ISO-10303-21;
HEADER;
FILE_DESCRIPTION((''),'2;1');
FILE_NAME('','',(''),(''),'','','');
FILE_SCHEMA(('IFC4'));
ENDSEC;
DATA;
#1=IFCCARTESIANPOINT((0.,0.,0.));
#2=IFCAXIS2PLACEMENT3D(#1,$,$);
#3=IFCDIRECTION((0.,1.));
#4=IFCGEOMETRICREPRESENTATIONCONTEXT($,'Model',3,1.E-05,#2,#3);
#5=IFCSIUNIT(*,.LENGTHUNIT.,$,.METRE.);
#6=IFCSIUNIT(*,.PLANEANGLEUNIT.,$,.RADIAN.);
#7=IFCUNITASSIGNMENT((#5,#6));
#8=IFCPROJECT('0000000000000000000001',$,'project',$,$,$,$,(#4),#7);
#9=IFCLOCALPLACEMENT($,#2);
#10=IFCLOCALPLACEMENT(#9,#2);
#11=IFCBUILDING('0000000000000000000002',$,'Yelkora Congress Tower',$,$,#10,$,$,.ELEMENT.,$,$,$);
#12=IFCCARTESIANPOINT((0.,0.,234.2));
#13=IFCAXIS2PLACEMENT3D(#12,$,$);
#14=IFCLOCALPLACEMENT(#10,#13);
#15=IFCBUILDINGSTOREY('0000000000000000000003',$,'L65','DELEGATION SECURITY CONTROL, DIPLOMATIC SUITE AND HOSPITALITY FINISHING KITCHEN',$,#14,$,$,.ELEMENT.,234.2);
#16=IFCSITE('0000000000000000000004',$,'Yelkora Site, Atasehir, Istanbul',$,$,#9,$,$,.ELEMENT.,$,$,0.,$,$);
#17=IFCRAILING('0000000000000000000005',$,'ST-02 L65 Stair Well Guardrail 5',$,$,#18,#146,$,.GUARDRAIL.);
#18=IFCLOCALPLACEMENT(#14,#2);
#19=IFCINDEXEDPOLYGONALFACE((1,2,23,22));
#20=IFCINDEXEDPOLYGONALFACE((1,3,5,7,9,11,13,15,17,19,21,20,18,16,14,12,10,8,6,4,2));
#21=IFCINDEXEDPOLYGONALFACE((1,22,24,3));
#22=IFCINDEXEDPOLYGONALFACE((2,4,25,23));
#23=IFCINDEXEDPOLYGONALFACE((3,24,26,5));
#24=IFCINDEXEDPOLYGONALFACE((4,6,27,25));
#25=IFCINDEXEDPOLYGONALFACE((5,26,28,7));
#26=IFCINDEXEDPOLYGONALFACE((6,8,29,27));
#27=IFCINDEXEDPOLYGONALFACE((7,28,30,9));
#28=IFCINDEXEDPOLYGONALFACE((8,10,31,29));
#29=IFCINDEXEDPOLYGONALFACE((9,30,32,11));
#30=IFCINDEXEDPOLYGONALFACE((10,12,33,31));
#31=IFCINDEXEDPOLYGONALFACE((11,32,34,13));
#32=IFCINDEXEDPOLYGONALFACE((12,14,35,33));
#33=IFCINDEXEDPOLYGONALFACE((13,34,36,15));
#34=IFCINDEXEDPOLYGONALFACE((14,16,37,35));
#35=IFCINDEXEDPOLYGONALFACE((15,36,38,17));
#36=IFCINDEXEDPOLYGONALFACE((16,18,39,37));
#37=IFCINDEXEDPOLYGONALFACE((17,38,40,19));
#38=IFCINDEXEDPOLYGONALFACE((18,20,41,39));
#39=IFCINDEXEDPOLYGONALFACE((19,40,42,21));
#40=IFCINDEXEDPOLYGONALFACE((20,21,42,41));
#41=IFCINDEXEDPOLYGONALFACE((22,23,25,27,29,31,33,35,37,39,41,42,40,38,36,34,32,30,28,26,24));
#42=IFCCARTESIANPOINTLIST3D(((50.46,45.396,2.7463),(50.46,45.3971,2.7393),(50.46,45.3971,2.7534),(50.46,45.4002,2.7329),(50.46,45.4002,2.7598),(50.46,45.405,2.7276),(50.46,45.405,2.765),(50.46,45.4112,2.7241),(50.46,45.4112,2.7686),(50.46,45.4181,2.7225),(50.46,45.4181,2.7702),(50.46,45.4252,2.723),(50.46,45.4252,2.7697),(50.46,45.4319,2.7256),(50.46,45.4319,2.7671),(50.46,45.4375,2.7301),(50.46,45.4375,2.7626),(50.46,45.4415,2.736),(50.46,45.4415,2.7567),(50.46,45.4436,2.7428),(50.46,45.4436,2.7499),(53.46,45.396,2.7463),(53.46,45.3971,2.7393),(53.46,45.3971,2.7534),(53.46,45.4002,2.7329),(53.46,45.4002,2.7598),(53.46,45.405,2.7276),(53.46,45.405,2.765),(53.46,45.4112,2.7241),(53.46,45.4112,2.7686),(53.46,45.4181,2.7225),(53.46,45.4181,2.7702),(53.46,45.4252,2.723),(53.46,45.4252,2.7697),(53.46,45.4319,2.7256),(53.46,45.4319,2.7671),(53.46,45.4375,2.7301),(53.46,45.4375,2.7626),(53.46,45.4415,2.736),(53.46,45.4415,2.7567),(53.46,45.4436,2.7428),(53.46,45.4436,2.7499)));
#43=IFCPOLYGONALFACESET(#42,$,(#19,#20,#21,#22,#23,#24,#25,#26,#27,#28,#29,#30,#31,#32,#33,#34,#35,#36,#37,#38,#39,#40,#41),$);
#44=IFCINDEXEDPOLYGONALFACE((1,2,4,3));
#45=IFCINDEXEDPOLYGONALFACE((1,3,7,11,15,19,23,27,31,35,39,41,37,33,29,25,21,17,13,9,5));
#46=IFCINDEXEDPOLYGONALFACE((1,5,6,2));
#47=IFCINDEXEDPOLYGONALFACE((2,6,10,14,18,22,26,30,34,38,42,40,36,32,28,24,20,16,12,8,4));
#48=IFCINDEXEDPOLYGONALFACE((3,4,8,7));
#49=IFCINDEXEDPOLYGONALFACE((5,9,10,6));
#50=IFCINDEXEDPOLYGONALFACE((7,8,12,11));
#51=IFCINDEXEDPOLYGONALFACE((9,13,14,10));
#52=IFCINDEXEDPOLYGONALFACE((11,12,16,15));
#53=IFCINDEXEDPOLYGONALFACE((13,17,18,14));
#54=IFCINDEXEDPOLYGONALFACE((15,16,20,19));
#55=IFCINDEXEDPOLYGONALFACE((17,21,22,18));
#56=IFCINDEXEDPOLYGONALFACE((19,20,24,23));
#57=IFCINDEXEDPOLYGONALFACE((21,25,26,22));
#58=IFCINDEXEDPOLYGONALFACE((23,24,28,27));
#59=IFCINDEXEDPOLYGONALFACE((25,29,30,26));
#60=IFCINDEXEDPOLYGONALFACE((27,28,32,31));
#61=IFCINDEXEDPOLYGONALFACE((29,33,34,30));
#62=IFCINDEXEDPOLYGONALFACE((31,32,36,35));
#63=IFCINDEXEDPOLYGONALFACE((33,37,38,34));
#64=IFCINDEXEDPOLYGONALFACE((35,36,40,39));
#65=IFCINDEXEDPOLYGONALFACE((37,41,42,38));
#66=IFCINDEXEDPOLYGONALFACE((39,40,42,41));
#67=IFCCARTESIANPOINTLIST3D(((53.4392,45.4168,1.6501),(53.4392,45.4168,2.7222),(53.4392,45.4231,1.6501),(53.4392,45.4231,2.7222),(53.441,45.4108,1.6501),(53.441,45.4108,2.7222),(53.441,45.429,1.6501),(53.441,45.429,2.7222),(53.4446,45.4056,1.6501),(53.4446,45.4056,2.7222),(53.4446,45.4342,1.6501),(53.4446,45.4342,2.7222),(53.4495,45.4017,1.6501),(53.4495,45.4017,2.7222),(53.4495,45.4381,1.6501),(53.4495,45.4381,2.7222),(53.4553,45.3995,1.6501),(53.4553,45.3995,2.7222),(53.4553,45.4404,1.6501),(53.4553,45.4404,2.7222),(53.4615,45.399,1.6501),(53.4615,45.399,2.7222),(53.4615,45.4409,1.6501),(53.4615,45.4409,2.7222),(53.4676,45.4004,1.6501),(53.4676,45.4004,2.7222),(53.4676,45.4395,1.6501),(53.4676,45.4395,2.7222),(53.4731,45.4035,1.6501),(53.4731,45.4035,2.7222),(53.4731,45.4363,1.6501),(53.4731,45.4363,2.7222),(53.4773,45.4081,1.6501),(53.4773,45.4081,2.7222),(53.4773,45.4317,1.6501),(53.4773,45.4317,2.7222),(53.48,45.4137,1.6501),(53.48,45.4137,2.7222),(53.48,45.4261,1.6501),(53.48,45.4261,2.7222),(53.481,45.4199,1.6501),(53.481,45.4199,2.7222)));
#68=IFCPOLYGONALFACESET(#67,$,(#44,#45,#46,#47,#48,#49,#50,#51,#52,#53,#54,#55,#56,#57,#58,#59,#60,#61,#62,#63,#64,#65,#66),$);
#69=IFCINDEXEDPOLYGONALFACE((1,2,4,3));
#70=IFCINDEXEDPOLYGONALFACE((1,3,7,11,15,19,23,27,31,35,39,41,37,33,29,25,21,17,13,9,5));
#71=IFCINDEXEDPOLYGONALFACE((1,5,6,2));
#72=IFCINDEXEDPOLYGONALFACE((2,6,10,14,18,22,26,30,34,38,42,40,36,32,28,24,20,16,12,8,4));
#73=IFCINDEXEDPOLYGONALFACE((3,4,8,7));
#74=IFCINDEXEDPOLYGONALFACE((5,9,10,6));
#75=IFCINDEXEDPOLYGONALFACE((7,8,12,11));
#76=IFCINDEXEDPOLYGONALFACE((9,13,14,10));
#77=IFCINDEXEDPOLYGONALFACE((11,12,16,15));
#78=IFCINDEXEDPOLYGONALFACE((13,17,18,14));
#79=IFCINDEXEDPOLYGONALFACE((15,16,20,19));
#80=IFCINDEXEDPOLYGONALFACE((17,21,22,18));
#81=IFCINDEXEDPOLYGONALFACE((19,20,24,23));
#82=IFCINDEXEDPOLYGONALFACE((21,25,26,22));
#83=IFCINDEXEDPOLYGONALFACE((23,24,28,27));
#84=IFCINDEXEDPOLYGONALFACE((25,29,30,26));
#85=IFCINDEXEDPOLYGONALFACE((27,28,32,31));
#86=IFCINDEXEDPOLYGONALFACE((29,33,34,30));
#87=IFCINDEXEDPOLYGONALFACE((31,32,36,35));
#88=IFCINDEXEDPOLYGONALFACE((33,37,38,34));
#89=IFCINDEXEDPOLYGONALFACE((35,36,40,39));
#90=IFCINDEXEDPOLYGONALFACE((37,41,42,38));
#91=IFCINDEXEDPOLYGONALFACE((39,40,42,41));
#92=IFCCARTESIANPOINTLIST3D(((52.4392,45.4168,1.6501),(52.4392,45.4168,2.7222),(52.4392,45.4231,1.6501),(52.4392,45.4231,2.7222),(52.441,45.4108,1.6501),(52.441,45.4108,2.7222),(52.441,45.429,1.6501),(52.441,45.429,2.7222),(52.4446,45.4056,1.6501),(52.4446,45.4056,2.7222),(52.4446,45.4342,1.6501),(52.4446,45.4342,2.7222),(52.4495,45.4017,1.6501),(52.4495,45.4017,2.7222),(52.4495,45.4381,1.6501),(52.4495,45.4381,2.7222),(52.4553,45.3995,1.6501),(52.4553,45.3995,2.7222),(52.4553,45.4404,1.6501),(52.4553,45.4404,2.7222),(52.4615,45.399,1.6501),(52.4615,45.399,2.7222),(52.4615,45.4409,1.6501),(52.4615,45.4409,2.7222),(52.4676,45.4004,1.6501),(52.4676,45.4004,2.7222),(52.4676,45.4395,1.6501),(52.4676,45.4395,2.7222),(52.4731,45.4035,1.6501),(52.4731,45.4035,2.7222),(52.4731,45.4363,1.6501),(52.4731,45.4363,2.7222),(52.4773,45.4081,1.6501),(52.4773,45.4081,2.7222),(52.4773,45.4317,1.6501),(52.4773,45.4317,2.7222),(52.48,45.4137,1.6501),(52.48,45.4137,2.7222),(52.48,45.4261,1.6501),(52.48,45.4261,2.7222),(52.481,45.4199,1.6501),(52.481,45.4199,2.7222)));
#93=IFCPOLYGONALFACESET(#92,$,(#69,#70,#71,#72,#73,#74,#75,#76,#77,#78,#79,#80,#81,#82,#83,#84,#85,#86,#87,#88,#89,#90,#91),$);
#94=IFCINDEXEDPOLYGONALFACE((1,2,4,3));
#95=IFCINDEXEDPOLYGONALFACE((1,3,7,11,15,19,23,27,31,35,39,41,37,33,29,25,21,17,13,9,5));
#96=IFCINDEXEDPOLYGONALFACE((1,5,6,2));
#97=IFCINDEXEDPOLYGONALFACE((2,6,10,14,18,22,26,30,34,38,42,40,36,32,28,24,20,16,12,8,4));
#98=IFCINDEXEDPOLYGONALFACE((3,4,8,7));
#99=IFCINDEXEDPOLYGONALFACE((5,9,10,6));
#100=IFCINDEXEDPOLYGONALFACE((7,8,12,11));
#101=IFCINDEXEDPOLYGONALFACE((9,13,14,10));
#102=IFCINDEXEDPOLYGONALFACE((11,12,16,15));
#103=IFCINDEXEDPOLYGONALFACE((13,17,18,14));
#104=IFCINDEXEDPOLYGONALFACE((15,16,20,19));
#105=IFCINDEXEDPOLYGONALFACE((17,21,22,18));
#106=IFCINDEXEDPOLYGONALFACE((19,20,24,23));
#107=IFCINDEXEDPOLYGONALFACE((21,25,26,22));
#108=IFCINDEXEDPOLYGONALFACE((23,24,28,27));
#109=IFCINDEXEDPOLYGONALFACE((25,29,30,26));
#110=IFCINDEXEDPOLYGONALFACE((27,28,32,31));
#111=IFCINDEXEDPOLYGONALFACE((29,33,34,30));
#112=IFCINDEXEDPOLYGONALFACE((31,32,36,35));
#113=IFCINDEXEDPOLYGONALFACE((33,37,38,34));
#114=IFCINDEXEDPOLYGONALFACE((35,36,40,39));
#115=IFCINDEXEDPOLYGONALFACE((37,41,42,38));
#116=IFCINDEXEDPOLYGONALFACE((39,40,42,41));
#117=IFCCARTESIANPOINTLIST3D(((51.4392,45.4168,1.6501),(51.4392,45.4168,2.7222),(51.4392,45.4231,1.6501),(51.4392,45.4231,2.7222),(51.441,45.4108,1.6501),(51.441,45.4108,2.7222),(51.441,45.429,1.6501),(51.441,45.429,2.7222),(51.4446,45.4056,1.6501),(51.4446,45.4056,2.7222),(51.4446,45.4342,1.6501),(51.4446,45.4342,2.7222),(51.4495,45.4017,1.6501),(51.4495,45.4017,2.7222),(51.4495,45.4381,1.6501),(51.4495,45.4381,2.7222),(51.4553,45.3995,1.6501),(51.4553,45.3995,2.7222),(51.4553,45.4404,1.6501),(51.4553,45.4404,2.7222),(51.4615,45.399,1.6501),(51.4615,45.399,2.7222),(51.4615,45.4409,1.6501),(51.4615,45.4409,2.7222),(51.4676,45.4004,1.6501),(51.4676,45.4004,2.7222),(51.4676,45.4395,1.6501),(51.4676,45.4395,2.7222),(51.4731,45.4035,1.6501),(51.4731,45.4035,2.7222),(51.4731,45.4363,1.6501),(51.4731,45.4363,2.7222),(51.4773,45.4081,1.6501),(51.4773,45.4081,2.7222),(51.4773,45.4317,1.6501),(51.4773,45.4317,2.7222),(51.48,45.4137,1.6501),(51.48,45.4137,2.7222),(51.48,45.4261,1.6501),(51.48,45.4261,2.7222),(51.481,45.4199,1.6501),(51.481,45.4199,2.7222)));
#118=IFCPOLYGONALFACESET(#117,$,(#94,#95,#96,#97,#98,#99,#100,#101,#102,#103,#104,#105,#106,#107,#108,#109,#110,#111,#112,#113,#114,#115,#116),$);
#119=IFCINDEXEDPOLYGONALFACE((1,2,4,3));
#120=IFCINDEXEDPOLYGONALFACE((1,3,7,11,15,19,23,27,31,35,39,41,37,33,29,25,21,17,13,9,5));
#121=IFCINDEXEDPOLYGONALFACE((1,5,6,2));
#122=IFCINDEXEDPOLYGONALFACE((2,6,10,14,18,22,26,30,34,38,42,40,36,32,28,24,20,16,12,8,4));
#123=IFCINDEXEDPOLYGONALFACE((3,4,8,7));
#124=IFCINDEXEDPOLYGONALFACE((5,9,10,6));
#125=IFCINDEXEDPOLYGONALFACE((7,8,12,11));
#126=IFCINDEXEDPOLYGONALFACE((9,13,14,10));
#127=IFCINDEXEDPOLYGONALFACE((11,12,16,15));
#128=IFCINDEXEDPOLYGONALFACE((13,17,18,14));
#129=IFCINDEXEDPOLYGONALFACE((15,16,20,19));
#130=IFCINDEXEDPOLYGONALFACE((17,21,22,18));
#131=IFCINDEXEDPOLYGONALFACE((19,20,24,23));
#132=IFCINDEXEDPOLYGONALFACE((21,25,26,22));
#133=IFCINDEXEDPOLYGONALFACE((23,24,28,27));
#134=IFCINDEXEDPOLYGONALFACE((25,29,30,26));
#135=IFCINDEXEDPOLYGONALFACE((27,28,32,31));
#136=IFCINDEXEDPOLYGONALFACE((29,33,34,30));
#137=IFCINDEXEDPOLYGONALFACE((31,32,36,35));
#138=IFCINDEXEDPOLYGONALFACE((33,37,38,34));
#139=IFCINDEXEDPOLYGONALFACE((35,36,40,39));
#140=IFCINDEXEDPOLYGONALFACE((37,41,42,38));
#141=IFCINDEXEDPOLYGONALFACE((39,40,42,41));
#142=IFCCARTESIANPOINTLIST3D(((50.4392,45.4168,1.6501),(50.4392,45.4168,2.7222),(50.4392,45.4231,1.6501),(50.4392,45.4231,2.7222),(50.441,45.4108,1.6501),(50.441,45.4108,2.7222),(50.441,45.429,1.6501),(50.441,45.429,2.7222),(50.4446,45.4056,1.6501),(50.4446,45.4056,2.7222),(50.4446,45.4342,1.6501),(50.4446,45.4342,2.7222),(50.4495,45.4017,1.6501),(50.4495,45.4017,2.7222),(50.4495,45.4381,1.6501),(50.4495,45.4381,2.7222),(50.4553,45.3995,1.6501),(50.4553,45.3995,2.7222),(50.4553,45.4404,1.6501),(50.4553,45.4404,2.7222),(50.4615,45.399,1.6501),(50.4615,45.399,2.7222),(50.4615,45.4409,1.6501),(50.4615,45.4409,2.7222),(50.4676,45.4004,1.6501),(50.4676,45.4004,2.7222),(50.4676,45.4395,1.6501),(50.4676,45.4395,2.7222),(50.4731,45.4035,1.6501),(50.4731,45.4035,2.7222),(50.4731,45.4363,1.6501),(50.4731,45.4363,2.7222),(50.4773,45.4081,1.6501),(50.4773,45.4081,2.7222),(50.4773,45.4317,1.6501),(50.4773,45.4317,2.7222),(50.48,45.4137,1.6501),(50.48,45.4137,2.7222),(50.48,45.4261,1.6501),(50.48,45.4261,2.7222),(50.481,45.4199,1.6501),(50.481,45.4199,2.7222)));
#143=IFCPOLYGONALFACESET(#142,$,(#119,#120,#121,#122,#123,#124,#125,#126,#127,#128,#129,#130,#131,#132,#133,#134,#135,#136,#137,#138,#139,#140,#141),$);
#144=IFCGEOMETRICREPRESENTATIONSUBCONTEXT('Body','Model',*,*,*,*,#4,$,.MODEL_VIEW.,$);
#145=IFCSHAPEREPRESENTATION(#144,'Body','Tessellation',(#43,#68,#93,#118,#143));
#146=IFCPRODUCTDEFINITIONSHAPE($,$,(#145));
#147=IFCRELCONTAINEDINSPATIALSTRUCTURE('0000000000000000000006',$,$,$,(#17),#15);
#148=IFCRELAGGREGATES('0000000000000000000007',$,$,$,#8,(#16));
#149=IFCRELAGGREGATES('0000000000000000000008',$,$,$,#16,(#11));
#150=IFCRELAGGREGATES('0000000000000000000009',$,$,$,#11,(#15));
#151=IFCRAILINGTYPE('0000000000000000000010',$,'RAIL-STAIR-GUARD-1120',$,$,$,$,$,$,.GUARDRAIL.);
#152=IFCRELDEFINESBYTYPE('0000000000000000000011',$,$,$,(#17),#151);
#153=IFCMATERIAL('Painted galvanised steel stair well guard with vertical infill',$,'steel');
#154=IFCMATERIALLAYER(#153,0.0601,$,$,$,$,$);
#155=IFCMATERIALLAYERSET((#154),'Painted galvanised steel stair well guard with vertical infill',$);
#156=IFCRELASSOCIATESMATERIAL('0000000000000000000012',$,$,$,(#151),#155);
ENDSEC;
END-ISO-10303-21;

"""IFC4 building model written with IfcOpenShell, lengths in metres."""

from ifc_helpers import new_model, si_unit, direction, frame, origin, origin_2d, place, context, subcontext, project, spatial, circle, extrude, material, layer, layer_set, type_object, element, save


model = new_model("IFC4")

# Units and contexts
model_context = context("Model", 3, precision=1e-05, world=origin(), true_north=direction((0.0, 1.0)))
body_context = subcontext(model_context, "Body", "Model", "MODEL_VIEW")
ifc_project = project(units=[si_unit("LENGTHUNIT", "METRE"), si_unit("PLANEANGLEUNIT", "RADIAN")], contexts=[model_context])

# Site, building, storey
site_placement = place(None, origin())
site = spatial("IfcSite", under=ifc_project, at=site_placement, Name="Yelkora Site, Atasehir, Istanbul", CompositionType="ELEMENT", RefElevation=0.0)
building_placement = place(site_placement, origin())
building = spatial("IfcBuilding", under=site, at=building_placement, Name="Yelkora Congress Tower", CompositionType="ELEMENT")
storey_placement = place(building_placement, frame((0.0, 0.0, 234.2)))
storey = spatial("IfcBuildingStorey", under=building, at=storey_placement, Name="L65", Description="DELEGATION SECURITY CONTROL, DIPLOMATIC SUITE AND HOSPITALITY FINISHING KITCHEN", CompositionType="ELEMENT", Elevation=234.2)

# Railing
ifc_material_1 = material(Name="Painted galvanised steel stair well guard with vertical infill", Category="steel")
ifc_layer_1 = layer(ifc_material_1, 0.0601)
ifc_layer_set_1 = layer_set([ifc_layer_1], Name="Painted galvanised steel stair well guard with vertical infill")
railing_type_1 = type_object("IfcRailingType", Name="RAIL-STAIR-GUARD-1120", PredefinedType="GUARDRAIL", material=ifc_layer_set_1)
railing_1_placement = place(storey_placement, frame((53.46, 45.4199, 1.6501)))
element("IfcRailing", 1, at=railing_1_placement, inside=storey, type_object=railing_type_1, Name="ST-02 L65 Stair Well Guardrail 5", PredefinedType="GUARDRAIL", context=body_context, shape_type="SweptSolid", body=[
    extrude(circle(Radius=0.0239, at=origin_2d()), frame((0.0, 0.0, 1.0962), z_axis=(-1.0, 0.0, 0.0), x_axis=(0.0, -1.0, 0.0)), (0.0, 0.0, 1.0), 3.0),
    extrude(circle(Radius=0.021, at=origin_2d()), origin(), (0.0, 0.0, 1.0), 1.072),
    extrude(circle(Radius=0.021, at=origin_2d()), frame((-1.0, 0.0, 0.0)), (0.0, 0.0, 1.0), 1.072),
    extrude(circle(Radius=0.021, at=origin_2d()), frame((-2.0, 0.0, 0.0)), (0.0, 0.0, 1.0), 1.072),
    extrude(circle(Radius=0.021, at=origin_2d()), frame((-3.0, 0.0, 0.0)), (0.0, 0.0, 1.0), 1.072),
])

save(model, "model.ifc")
